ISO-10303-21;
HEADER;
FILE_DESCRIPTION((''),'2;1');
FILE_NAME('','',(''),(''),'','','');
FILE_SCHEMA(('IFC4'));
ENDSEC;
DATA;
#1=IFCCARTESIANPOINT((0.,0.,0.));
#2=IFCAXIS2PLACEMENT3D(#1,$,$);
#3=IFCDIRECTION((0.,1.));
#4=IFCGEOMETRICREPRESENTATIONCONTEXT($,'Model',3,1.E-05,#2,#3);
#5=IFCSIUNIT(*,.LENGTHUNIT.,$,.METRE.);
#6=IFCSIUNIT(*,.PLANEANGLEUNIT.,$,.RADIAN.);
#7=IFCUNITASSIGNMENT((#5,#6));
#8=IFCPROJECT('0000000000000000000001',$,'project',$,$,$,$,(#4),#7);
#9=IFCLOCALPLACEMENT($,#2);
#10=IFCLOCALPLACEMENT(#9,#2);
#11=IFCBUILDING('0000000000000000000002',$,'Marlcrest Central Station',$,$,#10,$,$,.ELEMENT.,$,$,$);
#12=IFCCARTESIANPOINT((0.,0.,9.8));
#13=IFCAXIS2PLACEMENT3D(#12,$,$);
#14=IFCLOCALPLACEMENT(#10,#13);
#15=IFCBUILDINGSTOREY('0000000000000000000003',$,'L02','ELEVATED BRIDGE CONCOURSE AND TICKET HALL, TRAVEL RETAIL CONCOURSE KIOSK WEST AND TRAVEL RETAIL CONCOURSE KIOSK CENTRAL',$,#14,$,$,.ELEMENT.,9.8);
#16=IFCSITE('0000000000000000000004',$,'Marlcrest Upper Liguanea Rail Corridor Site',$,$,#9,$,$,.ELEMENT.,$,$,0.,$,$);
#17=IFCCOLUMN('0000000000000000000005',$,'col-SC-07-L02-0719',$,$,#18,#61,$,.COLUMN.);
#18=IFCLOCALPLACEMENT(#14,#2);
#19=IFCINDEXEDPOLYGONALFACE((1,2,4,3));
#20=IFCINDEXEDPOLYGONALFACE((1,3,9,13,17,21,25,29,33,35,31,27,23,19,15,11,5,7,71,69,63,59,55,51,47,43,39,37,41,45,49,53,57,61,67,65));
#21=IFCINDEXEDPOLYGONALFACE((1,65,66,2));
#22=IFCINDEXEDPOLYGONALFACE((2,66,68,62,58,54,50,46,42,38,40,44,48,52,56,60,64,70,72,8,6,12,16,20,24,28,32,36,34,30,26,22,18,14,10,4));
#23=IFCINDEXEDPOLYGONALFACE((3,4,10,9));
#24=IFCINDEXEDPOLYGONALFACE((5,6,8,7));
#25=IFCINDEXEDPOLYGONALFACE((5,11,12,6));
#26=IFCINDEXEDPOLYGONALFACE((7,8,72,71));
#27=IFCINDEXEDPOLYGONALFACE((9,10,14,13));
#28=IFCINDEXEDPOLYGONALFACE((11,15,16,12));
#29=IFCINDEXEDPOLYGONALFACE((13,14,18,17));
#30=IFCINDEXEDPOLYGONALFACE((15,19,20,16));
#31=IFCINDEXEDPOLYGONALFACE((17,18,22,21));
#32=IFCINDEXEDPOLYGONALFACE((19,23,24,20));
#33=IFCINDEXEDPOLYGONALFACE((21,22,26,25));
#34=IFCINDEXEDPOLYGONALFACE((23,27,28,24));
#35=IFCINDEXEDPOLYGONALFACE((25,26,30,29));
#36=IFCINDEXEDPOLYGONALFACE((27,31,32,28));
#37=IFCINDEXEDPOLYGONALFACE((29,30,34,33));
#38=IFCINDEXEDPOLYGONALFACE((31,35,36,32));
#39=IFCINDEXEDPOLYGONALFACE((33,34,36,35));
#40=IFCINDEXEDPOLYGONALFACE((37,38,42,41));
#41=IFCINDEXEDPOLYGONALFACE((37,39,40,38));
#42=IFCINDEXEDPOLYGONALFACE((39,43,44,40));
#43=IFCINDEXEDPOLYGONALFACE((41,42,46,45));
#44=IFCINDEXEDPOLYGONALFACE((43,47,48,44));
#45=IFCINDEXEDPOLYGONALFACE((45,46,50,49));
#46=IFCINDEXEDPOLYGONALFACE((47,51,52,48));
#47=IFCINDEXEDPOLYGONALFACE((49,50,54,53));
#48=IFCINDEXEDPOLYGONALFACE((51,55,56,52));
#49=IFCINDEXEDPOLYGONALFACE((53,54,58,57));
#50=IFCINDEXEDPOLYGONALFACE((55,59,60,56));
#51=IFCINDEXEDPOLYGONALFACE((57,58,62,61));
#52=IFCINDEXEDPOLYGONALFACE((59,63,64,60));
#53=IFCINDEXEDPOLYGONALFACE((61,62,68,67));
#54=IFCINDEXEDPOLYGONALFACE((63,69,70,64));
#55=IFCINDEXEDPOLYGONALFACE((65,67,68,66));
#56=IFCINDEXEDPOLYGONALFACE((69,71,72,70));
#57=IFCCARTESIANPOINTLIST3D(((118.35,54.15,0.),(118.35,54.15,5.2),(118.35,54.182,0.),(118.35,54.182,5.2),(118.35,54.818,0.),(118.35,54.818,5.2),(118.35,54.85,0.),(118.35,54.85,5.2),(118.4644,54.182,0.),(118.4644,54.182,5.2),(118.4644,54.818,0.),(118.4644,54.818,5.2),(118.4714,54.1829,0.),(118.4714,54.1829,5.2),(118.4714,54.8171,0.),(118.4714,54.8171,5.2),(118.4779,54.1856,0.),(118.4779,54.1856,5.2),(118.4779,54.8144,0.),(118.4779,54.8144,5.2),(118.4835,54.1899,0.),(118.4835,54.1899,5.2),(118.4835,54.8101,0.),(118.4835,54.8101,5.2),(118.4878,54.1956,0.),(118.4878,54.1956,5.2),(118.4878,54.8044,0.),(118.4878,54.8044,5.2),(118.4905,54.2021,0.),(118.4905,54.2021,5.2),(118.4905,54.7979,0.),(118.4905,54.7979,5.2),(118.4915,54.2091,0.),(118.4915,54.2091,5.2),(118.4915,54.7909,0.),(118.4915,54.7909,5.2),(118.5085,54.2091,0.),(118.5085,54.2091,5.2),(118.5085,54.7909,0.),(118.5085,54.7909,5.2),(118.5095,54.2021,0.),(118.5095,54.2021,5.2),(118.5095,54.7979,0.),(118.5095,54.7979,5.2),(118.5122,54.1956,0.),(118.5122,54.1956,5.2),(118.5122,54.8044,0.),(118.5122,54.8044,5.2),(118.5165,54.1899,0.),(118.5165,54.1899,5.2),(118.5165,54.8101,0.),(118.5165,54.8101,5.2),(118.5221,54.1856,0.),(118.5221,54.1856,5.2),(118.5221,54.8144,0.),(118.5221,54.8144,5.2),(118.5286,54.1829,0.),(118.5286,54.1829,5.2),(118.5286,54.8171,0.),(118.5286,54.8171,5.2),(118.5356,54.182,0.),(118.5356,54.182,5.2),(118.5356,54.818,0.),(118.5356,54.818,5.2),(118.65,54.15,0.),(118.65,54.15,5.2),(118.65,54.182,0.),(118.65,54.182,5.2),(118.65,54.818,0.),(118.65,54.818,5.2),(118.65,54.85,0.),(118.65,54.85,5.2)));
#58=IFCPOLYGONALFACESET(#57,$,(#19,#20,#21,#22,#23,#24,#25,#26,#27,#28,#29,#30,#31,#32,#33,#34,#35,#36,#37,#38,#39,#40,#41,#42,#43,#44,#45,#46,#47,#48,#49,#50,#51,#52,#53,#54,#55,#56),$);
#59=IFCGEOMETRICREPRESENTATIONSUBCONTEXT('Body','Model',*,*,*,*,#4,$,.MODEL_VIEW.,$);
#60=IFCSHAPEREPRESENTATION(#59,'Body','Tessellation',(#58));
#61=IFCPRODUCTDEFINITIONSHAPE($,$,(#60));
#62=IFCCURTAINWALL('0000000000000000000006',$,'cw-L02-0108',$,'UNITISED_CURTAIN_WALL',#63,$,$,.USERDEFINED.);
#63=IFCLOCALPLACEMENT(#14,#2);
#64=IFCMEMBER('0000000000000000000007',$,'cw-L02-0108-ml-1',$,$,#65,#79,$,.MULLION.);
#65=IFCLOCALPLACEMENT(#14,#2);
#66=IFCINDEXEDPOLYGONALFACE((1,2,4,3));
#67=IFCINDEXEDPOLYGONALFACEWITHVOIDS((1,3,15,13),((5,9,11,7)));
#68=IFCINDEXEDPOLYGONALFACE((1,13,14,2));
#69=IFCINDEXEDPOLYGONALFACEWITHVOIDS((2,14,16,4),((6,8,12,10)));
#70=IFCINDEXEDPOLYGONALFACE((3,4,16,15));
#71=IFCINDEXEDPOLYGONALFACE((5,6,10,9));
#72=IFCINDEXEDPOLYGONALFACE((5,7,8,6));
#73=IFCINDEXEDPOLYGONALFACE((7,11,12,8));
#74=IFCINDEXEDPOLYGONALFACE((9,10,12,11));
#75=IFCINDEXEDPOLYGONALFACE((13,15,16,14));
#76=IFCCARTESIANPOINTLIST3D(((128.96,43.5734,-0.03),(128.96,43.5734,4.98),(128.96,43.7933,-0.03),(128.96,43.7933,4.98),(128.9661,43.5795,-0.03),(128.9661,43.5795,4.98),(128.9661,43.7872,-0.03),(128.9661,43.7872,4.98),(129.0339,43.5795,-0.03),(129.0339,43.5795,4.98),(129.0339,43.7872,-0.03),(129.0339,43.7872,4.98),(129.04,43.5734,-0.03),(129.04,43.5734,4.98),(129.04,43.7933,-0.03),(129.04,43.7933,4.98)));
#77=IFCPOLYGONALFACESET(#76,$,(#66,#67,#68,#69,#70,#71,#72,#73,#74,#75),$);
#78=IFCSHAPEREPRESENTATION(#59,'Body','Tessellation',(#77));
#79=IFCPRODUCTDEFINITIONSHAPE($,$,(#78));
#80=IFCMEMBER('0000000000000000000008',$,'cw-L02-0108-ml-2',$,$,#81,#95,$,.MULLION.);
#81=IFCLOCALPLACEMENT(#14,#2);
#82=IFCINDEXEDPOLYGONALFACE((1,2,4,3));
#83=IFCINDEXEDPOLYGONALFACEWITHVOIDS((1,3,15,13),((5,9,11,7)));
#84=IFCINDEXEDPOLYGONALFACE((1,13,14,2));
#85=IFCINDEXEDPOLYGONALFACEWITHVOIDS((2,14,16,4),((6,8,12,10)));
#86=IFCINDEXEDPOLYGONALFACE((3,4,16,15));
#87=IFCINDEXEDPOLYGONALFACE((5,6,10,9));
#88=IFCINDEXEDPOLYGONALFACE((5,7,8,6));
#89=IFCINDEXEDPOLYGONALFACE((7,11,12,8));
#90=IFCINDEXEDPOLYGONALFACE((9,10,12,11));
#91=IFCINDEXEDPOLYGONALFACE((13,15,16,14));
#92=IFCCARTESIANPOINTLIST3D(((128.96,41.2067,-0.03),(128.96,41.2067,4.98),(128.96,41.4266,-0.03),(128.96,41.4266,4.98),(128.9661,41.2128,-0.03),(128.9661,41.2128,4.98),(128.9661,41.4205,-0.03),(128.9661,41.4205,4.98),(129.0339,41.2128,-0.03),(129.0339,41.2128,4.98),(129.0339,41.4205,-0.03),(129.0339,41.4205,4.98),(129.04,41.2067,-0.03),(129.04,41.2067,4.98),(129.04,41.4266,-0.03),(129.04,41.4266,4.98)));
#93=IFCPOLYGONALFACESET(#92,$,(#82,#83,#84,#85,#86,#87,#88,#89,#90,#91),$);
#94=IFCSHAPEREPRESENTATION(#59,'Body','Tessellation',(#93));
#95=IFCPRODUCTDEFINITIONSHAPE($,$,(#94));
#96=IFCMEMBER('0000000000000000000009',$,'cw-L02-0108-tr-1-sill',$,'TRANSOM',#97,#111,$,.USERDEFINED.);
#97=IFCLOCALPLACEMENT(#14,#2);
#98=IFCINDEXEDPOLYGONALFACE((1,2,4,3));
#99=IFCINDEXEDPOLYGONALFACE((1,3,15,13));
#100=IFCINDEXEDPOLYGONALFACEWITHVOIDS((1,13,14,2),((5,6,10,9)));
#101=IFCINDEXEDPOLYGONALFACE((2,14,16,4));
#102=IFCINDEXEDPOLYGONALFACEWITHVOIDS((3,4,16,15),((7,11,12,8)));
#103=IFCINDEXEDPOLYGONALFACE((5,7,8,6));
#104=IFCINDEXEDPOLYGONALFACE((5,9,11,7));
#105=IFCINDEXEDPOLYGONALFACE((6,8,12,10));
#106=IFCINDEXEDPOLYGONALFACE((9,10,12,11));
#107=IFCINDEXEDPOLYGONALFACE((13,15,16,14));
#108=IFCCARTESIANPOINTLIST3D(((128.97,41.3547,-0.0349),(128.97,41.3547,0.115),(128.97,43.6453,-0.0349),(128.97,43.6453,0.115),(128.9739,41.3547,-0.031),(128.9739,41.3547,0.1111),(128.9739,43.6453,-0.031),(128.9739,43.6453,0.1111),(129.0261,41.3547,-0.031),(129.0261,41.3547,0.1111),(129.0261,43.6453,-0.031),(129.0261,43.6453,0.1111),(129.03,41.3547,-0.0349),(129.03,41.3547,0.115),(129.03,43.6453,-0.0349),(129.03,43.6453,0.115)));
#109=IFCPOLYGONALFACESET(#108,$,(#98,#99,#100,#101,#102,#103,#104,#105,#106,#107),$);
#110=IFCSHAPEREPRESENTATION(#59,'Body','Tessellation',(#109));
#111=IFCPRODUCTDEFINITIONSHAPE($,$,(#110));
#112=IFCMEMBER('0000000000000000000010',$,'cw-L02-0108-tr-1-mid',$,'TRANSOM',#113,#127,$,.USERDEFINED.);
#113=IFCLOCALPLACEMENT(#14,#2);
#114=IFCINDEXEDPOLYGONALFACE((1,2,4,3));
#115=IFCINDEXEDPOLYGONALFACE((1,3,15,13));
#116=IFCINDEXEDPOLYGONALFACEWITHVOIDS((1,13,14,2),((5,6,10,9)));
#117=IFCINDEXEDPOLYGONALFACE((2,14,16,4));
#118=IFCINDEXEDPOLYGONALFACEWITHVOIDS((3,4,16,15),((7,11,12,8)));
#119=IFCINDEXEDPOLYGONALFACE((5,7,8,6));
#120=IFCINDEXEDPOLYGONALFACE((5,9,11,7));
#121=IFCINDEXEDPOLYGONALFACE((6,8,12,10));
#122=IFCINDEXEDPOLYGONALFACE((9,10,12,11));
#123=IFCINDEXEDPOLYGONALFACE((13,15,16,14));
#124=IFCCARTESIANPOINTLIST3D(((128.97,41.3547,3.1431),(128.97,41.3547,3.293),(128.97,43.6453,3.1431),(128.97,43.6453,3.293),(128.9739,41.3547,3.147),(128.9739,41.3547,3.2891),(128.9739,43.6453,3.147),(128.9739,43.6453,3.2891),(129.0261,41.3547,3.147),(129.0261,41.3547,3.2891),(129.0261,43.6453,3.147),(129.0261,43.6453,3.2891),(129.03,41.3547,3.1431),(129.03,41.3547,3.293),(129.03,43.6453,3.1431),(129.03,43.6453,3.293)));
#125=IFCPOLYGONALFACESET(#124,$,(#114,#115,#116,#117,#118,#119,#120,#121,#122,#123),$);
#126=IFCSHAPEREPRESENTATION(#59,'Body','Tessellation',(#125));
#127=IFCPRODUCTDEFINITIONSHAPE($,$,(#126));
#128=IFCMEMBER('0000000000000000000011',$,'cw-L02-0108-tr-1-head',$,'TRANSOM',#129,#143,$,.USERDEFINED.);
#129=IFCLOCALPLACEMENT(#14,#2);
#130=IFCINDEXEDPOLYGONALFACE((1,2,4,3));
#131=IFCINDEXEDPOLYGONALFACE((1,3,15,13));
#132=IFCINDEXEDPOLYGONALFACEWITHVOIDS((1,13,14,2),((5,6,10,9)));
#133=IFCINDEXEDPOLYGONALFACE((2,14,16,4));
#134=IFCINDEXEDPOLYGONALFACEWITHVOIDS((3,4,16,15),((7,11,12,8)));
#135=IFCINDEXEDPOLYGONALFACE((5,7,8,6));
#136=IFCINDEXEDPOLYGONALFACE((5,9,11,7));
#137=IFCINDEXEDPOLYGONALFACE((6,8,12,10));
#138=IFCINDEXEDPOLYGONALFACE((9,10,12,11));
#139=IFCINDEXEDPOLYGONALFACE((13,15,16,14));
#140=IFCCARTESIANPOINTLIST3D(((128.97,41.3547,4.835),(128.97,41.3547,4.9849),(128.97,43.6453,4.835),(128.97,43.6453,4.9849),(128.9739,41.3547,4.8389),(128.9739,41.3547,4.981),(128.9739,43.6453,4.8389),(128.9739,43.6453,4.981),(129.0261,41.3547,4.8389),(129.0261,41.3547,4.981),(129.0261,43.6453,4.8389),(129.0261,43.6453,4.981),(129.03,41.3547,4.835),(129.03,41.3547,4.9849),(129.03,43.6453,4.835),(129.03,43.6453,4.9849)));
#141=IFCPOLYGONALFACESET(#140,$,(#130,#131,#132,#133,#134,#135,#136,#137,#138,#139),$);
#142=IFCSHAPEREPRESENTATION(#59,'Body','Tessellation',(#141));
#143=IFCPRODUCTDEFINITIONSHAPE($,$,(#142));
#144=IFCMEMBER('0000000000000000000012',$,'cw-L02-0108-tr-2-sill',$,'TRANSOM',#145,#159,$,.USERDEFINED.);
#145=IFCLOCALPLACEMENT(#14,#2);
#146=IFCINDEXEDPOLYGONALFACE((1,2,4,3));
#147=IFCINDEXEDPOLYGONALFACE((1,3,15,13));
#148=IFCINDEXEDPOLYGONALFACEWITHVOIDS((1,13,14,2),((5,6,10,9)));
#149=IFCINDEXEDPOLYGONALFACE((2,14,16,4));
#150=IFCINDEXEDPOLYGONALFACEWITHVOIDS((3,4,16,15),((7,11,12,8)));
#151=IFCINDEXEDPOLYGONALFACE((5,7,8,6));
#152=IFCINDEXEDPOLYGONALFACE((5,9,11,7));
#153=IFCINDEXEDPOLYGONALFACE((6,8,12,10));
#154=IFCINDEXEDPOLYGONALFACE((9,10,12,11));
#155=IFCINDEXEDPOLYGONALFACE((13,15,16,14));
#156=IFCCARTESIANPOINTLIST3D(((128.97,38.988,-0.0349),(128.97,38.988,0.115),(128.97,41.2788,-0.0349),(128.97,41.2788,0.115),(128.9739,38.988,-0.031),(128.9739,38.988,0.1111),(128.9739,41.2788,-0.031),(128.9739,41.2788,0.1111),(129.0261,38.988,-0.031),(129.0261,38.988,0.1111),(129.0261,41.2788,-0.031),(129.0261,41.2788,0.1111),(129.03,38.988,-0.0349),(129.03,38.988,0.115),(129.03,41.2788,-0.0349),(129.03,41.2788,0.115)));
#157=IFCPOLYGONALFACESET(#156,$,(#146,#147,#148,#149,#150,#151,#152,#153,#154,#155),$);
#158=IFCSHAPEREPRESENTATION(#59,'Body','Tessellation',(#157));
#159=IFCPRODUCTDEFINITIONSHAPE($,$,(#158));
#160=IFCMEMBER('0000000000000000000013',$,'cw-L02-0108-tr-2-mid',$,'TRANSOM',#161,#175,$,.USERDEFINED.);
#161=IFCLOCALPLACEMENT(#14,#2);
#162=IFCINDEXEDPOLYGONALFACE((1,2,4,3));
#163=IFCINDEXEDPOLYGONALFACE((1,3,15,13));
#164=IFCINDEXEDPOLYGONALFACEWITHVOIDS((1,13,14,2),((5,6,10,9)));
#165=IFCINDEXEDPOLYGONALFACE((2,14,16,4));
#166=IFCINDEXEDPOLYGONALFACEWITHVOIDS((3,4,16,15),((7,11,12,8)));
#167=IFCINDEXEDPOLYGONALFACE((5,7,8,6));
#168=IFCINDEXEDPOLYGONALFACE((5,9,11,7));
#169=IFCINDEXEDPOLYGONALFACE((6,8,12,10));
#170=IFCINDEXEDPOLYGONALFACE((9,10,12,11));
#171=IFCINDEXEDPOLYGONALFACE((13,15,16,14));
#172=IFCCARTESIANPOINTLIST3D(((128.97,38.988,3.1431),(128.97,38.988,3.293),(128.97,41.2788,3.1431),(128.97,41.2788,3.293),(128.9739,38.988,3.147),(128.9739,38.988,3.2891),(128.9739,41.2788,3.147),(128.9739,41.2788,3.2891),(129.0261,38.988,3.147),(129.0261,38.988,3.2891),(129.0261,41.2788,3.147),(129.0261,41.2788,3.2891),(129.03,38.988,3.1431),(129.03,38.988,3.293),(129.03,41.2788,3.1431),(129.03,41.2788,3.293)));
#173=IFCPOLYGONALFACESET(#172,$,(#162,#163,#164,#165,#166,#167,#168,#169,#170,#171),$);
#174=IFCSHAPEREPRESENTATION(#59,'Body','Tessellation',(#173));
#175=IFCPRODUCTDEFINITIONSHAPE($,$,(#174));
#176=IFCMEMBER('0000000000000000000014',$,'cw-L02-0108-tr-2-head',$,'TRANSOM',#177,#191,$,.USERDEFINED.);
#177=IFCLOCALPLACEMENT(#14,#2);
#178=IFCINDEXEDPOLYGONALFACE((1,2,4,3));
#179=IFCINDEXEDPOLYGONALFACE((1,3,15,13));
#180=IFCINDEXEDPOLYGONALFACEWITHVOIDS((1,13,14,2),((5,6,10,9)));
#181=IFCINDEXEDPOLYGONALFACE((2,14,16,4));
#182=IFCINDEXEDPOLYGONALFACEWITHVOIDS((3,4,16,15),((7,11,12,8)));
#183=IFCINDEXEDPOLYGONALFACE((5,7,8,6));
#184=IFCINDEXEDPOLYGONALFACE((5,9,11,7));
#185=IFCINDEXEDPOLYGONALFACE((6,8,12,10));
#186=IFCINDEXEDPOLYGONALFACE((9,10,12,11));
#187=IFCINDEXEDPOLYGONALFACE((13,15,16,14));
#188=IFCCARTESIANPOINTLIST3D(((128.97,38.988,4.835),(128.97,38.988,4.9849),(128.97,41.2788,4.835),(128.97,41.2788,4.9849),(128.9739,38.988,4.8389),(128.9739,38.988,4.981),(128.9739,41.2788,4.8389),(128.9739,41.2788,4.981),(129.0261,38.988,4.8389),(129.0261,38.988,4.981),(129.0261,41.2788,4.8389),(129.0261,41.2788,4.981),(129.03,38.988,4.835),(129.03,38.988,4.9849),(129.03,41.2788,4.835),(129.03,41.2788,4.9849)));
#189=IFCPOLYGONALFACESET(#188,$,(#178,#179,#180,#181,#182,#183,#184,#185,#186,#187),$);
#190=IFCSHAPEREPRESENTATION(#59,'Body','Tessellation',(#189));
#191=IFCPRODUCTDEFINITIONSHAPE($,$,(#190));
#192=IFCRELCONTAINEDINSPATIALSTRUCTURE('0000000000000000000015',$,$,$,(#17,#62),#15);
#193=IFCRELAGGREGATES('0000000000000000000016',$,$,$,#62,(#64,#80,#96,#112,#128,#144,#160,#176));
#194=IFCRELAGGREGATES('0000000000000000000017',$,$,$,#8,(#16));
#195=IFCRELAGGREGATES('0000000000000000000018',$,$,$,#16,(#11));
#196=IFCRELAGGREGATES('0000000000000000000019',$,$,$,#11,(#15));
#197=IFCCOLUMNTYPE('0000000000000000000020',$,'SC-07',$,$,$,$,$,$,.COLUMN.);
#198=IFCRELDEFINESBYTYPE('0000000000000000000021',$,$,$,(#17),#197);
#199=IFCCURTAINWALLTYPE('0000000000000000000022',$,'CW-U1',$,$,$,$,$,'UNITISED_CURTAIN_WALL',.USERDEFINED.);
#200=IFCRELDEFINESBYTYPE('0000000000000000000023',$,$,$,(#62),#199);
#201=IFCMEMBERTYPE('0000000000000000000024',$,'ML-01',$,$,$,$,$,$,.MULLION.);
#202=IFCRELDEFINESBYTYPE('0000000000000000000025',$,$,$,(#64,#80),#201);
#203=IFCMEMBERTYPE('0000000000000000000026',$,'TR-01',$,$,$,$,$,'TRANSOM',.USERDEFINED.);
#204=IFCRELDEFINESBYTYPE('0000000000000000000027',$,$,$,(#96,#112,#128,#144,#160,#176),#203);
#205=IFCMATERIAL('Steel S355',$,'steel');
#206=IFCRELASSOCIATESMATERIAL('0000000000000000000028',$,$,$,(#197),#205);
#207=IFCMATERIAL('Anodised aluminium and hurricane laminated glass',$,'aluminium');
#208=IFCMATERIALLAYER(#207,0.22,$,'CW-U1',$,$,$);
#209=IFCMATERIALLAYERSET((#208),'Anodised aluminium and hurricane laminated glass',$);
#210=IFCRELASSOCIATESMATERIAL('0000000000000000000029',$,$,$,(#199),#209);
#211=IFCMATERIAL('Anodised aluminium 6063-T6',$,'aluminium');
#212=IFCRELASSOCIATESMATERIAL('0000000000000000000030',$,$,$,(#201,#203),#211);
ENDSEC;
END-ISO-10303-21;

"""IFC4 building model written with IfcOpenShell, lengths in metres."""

from ifc_helpers import new_model, si_unit, direction, frame, origin, origin_2d, place, context, subcontext, project, spatial, hollow_rectangle, i_section, extrude, material, layer, layer_set, material_profile, profile_set, type_object, element, aggregate, save


model = new_model("IFC4")

# Units and contexts
model_context = context("Model", 3, precision=1e-05, world=origin(), true_north=direction((0.0, 1.0)))
body_context = subcontext(model_context, "Body", "Model", "MODEL_VIEW")
ifc_project = project(units=[si_unit("LENGTHUNIT", "METRE"), si_unit("PLANEANGLEUNIT", "RADIAN")], contexts=[model_context])

# Site, building, storey
site_placement = place(None, origin())
site = spatial("IfcSite", under=ifc_project, at=site_placement, Name="Marlcrest Upper Liguanea Rail Corridor Site", CompositionType="ELEMENT", RefElevation=0.0)
building_placement = place(site_placement, origin())
building = spatial("IfcBuilding", under=site, at=building_placement, Name="Marlcrest Central Station", CompositionType="ELEMENT")
storey_placement = place(building_placement, frame((0.0, 0.0, 9.8)))
storey = spatial("IfcBuildingStorey", under=building, at=storey_placement, Name="L02", Description="ELEVATED BRIDGE CONCOURSE AND TICKET HALL, TRAVEL RETAIL CONCOURSE KIOSK WEST AND TRAVEL RETAIL CONCOURSE KIOSK CENTRAL", CompositionType="ELEMENT", Elevation=9.8)

# Column
ifc_material_1 = material(Name="Steel S355", Category="steel")
ifc_material_profile_1 = material_profile(ifc_material_1, i_section(OverallWidth=0.3, OverallDepth=0.7, WebThickness=0.0171, FlangeThickness=0.032, FilletRadius=0.0271, at=origin_2d()), Name="HEB 700")
ifc_profile_set_1 = profile_set([ifc_material_profile_1], Name="Steel S355")
column_type = type_object("IfcColumnType", Name="SC-07", PredefinedType="COLUMN", material=ifc_profile_set_1)
column_placement = place(storey_placement, frame((118.5, 54.5, 0.0), z_axis=(0.0, 0.0, 1.0), x_axis=(1.0, 0.0, 0.0)))
element("IfcColumn", 1, at=column_placement, inside=storey, type_object=column_type, Name="col-SC-07-L02-0719", PredefinedType="COLUMN", context=body_context, shape_type="SweptSolid", body=[
    extrude(i_section(OverallWidth=0.3, OverallDepth=0.7, WebThickness=0.0171, FlangeThickness=0.032, FilletRadius=0.0271, at=origin_2d()), origin(), (0.0, 0.0, 1.0), 5.2),
])

# Curtain wall, members
ifc_material_2 = material(Name="Anodised aluminium and hurricane laminated glass", Category="aluminium")
ifc_layer_1 = layer(ifc_material_2, 0.22, Name="CW-U1")
ifc_layer_set_1 = layer_set([ifc_layer_1], Name="Anodised aluminium and hurricane laminated glass")
curtain_wall_type = type_object("IfcCurtainWallType", Name="CW-U1", ElementType="UNITISED_CURTAIN_WALL", PredefinedType="USERDEFINED", material=ifc_layer_set_1)
curtain_wall_placement = place(storey_placement, origin())
curtain_wall = element("IfcCurtainWall", 2, at=curtain_wall_placement, inside=storey, type_object=curtain_wall_type, Name="cw-L02-0108", ObjectType="UNITISED_CURTAIN_WALL", PredefinedType="USERDEFINED")
ifc_material_3 = material(Name="Anodised aluminium 6063-T6", Category="aluminium")
ifc_material_profile_2 = material_profile(ifc_material_3, hollow_rectangle(XDim=0.0801, YDim=0.22, WallThickness=0.0061, at=origin_2d()), Name="AA-RHS 220x80x6")
ifc_profile_set_2 = profile_set([ifc_material_profile_2], Name="Anodised aluminium 6063-T6")
member_type_1 = type_object("IfcMemberType", Name="ML-01", PredefinedType="MULLION", material=ifc_profile_set_2)
member_1_placement = place(storey_placement, frame((129.0, 43.6833, -0.03), z_axis=(0.0, 0.0, 1.0), x_axis=(1.0, 0.0, 0.0)))
member_1 = element("IfcMember", 3, at=member_1_placement, type_object=member_type_1, Name="cw-L02-0108-ml-1", PredefinedType="MULLION", context=body_context, shape_type="SweptSolid", body=[
    extrude(hollow_rectangle(XDim=0.0801, YDim=0.22, WallThickness=0.0061, at=origin_2d()), origin(), (0.0, 0.0, 1.0), 5.01),
])
member_2_placement = place(storey_placement, frame((129.0, 41.3167, -0.03), z_axis=(0.0, 0.0, 1.0), x_axis=(1.0, 0.0, 0.0)))
member_2 = element("IfcMember", 4, at=member_2_placement, type_object=member_type_1, Name="cw-L02-0108-ml-2", PredefinedType="MULLION", context=body_context, shape_type="SweptSolid", body=[
    extrude(hollow_rectangle(XDim=0.0801, YDim=0.22, WallThickness=0.0061, at=origin_2d()), origin(), (0.0, 0.0, 1.0), 5.01),
])
ifc_material_profile_3 = material_profile(ifc_material_3, hollow_rectangle(XDim=0.0601, YDim=0.1499, WallThickness=0.0039, at=origin_2d()), Name="AA-RHS 150x60x4")
ifc_profile_set_3 = profile_set([ifc_material_profile_3], Name="Anodised aluminium 6063-T6")
member_type_2 = type_object("IfcMemberType", Name="TR-01", ElementType="TRANSOM", PredefinedType="USERDEFINED", material=ifc_profile_set_3)
member_3_placement = place(storey_placement, frame((129.0, 43.6453, 0.04), z_axis=(0.0, -1.0, 0.0), x_axis=(1.0, 0.0, 0.0)))
member_3 = element("IfcMember", 5, at=member_3_placement, type_object=member_type_2, Name="cw-L02-0108-tr-1-sill", ObjectType="TRANSOM", PredefinedType="USERDEFINED", context=body_context, shape_type="SweptSolid", body=[
    extrude(hollow_rectangle(XDim=0.0601, YDim=0.1499, WallThickness=0.0039, at=origin_2d()), origin(), (0.0, 0.0, 1.0), 2.2905),
])
member_4_placement = place(storey_placement, frame((129.0, 43.6453, 3.218), z_axis=(0.0, -1.0, 0.0), x_axis=(1.0, 0.0, 0.0)))
member_4 = element("IfcMember", 6, at=member_4_placement, type_object=member_type_2, Name="cw-L02-0108-tr-1-mid", ObjectType="TRANSOM", PredefinedType="USERDEFINED", context=body_context, shape_type="SweptSolid", body=[
    extrude(hollow_rectangle(XDim=0.0601, YDim=0.1499, WallThickness=0.0039, at=origin_2d()), origin(), (0.0, 0.0, 1.0), 2.2905),
])
member_5_placement = place(storey_placement, frame((129.0, 43.6453, 4.9099), z_axis=(0.0, -1.0, 0.0), x_axis=(1.0, 0.0, 0.0)))
member_5 = element("IfcMember", 7, at=member_5_placement, type_object=member_type_2, Name="cw-L02-0108-tr-1-head", ObjectType="TRANSOM", PredefinedType="USERDEFINED", context=body_context, shape_type="SweptSolid", body=[
    extrude(hollow_rectangle(XDim=0.0601, YDim=0.1499, WallThickness=0.0039, at=origin_2d()), origin(), (0.0, 0.0, 1.0), 2.2905),
])
member_6_placement = place(storey_placement, frame((129.0, 41.2788, 0.04), z_axis=(0.0, -1.0, 0.0), x_axis=(1.0, 0.0, 0.0)))
member_6 = element("IfcMember", 8, at=member_6_placement, type_object=member_type_2, Name="cw-L02-0108-tr-2-sill", ObjectType="TRANSOM", PredefinedType="USERDEFINED", context=body_context, shape_type="SweptSolid", body=[
    extrude(hollow_rectangle(XDim=0.0601, YDim=0.1499, WallThickness=0.0039, at=origin_2d()), origin(), (0.0, 0.0, 1.0), 2.2908),
])
member_7_placement = place(storey_placement, frame((129.0, 41.2788, 3.218), z_axis=(0.0, -1.0, 0.0), x_axis=(1.0, 0.0, 0.0)))
member_7 = element("IfcMember", 9, at=member_7_placement, type_object=member_type_2, Name="cw-L02-0108-tr-2-mid", ObjectType="TRANSOM", PredefinedType="USERDEFINED", context=body_context, shape_type="SweptSolid", body=[
    extrude(hollow_rectangle(XDim=0.0601, YDim=0.1499, WallThickness=0.0039, at=origin_2d()), origin(), (0.0, 0.0, 1.0), 2.2908),
])
member_8_placement = place(storey_placement, frame((129.0, 41.2788, 4.9099), z_axis=(0.0, -1.0, 0.0), x_axis=(1.0, 0.0, 0.0)))
member_8 = element("IfcMember", 10, at=member_8_placement, type_object=member_type_2, Name="cw-L02-0108-tr-2-head", ObjectType="TRANSOM", PredefinedType="USERDEFINED", context=body_context, shape_type="SweptSolid", body=[
    extrude(hollow_rectangle(XDim=0.0601, YDim=0.1499, WallThickness=0.0039, at=origin_2d()), origin(), (0.0, 0.0, 1.0), 2.2908),
])
aggregate(curtain_wall, [member_1, member_2, member_3, member_4, member_5, member_6, member_7, member_8])

save(model, "model.ifc")
